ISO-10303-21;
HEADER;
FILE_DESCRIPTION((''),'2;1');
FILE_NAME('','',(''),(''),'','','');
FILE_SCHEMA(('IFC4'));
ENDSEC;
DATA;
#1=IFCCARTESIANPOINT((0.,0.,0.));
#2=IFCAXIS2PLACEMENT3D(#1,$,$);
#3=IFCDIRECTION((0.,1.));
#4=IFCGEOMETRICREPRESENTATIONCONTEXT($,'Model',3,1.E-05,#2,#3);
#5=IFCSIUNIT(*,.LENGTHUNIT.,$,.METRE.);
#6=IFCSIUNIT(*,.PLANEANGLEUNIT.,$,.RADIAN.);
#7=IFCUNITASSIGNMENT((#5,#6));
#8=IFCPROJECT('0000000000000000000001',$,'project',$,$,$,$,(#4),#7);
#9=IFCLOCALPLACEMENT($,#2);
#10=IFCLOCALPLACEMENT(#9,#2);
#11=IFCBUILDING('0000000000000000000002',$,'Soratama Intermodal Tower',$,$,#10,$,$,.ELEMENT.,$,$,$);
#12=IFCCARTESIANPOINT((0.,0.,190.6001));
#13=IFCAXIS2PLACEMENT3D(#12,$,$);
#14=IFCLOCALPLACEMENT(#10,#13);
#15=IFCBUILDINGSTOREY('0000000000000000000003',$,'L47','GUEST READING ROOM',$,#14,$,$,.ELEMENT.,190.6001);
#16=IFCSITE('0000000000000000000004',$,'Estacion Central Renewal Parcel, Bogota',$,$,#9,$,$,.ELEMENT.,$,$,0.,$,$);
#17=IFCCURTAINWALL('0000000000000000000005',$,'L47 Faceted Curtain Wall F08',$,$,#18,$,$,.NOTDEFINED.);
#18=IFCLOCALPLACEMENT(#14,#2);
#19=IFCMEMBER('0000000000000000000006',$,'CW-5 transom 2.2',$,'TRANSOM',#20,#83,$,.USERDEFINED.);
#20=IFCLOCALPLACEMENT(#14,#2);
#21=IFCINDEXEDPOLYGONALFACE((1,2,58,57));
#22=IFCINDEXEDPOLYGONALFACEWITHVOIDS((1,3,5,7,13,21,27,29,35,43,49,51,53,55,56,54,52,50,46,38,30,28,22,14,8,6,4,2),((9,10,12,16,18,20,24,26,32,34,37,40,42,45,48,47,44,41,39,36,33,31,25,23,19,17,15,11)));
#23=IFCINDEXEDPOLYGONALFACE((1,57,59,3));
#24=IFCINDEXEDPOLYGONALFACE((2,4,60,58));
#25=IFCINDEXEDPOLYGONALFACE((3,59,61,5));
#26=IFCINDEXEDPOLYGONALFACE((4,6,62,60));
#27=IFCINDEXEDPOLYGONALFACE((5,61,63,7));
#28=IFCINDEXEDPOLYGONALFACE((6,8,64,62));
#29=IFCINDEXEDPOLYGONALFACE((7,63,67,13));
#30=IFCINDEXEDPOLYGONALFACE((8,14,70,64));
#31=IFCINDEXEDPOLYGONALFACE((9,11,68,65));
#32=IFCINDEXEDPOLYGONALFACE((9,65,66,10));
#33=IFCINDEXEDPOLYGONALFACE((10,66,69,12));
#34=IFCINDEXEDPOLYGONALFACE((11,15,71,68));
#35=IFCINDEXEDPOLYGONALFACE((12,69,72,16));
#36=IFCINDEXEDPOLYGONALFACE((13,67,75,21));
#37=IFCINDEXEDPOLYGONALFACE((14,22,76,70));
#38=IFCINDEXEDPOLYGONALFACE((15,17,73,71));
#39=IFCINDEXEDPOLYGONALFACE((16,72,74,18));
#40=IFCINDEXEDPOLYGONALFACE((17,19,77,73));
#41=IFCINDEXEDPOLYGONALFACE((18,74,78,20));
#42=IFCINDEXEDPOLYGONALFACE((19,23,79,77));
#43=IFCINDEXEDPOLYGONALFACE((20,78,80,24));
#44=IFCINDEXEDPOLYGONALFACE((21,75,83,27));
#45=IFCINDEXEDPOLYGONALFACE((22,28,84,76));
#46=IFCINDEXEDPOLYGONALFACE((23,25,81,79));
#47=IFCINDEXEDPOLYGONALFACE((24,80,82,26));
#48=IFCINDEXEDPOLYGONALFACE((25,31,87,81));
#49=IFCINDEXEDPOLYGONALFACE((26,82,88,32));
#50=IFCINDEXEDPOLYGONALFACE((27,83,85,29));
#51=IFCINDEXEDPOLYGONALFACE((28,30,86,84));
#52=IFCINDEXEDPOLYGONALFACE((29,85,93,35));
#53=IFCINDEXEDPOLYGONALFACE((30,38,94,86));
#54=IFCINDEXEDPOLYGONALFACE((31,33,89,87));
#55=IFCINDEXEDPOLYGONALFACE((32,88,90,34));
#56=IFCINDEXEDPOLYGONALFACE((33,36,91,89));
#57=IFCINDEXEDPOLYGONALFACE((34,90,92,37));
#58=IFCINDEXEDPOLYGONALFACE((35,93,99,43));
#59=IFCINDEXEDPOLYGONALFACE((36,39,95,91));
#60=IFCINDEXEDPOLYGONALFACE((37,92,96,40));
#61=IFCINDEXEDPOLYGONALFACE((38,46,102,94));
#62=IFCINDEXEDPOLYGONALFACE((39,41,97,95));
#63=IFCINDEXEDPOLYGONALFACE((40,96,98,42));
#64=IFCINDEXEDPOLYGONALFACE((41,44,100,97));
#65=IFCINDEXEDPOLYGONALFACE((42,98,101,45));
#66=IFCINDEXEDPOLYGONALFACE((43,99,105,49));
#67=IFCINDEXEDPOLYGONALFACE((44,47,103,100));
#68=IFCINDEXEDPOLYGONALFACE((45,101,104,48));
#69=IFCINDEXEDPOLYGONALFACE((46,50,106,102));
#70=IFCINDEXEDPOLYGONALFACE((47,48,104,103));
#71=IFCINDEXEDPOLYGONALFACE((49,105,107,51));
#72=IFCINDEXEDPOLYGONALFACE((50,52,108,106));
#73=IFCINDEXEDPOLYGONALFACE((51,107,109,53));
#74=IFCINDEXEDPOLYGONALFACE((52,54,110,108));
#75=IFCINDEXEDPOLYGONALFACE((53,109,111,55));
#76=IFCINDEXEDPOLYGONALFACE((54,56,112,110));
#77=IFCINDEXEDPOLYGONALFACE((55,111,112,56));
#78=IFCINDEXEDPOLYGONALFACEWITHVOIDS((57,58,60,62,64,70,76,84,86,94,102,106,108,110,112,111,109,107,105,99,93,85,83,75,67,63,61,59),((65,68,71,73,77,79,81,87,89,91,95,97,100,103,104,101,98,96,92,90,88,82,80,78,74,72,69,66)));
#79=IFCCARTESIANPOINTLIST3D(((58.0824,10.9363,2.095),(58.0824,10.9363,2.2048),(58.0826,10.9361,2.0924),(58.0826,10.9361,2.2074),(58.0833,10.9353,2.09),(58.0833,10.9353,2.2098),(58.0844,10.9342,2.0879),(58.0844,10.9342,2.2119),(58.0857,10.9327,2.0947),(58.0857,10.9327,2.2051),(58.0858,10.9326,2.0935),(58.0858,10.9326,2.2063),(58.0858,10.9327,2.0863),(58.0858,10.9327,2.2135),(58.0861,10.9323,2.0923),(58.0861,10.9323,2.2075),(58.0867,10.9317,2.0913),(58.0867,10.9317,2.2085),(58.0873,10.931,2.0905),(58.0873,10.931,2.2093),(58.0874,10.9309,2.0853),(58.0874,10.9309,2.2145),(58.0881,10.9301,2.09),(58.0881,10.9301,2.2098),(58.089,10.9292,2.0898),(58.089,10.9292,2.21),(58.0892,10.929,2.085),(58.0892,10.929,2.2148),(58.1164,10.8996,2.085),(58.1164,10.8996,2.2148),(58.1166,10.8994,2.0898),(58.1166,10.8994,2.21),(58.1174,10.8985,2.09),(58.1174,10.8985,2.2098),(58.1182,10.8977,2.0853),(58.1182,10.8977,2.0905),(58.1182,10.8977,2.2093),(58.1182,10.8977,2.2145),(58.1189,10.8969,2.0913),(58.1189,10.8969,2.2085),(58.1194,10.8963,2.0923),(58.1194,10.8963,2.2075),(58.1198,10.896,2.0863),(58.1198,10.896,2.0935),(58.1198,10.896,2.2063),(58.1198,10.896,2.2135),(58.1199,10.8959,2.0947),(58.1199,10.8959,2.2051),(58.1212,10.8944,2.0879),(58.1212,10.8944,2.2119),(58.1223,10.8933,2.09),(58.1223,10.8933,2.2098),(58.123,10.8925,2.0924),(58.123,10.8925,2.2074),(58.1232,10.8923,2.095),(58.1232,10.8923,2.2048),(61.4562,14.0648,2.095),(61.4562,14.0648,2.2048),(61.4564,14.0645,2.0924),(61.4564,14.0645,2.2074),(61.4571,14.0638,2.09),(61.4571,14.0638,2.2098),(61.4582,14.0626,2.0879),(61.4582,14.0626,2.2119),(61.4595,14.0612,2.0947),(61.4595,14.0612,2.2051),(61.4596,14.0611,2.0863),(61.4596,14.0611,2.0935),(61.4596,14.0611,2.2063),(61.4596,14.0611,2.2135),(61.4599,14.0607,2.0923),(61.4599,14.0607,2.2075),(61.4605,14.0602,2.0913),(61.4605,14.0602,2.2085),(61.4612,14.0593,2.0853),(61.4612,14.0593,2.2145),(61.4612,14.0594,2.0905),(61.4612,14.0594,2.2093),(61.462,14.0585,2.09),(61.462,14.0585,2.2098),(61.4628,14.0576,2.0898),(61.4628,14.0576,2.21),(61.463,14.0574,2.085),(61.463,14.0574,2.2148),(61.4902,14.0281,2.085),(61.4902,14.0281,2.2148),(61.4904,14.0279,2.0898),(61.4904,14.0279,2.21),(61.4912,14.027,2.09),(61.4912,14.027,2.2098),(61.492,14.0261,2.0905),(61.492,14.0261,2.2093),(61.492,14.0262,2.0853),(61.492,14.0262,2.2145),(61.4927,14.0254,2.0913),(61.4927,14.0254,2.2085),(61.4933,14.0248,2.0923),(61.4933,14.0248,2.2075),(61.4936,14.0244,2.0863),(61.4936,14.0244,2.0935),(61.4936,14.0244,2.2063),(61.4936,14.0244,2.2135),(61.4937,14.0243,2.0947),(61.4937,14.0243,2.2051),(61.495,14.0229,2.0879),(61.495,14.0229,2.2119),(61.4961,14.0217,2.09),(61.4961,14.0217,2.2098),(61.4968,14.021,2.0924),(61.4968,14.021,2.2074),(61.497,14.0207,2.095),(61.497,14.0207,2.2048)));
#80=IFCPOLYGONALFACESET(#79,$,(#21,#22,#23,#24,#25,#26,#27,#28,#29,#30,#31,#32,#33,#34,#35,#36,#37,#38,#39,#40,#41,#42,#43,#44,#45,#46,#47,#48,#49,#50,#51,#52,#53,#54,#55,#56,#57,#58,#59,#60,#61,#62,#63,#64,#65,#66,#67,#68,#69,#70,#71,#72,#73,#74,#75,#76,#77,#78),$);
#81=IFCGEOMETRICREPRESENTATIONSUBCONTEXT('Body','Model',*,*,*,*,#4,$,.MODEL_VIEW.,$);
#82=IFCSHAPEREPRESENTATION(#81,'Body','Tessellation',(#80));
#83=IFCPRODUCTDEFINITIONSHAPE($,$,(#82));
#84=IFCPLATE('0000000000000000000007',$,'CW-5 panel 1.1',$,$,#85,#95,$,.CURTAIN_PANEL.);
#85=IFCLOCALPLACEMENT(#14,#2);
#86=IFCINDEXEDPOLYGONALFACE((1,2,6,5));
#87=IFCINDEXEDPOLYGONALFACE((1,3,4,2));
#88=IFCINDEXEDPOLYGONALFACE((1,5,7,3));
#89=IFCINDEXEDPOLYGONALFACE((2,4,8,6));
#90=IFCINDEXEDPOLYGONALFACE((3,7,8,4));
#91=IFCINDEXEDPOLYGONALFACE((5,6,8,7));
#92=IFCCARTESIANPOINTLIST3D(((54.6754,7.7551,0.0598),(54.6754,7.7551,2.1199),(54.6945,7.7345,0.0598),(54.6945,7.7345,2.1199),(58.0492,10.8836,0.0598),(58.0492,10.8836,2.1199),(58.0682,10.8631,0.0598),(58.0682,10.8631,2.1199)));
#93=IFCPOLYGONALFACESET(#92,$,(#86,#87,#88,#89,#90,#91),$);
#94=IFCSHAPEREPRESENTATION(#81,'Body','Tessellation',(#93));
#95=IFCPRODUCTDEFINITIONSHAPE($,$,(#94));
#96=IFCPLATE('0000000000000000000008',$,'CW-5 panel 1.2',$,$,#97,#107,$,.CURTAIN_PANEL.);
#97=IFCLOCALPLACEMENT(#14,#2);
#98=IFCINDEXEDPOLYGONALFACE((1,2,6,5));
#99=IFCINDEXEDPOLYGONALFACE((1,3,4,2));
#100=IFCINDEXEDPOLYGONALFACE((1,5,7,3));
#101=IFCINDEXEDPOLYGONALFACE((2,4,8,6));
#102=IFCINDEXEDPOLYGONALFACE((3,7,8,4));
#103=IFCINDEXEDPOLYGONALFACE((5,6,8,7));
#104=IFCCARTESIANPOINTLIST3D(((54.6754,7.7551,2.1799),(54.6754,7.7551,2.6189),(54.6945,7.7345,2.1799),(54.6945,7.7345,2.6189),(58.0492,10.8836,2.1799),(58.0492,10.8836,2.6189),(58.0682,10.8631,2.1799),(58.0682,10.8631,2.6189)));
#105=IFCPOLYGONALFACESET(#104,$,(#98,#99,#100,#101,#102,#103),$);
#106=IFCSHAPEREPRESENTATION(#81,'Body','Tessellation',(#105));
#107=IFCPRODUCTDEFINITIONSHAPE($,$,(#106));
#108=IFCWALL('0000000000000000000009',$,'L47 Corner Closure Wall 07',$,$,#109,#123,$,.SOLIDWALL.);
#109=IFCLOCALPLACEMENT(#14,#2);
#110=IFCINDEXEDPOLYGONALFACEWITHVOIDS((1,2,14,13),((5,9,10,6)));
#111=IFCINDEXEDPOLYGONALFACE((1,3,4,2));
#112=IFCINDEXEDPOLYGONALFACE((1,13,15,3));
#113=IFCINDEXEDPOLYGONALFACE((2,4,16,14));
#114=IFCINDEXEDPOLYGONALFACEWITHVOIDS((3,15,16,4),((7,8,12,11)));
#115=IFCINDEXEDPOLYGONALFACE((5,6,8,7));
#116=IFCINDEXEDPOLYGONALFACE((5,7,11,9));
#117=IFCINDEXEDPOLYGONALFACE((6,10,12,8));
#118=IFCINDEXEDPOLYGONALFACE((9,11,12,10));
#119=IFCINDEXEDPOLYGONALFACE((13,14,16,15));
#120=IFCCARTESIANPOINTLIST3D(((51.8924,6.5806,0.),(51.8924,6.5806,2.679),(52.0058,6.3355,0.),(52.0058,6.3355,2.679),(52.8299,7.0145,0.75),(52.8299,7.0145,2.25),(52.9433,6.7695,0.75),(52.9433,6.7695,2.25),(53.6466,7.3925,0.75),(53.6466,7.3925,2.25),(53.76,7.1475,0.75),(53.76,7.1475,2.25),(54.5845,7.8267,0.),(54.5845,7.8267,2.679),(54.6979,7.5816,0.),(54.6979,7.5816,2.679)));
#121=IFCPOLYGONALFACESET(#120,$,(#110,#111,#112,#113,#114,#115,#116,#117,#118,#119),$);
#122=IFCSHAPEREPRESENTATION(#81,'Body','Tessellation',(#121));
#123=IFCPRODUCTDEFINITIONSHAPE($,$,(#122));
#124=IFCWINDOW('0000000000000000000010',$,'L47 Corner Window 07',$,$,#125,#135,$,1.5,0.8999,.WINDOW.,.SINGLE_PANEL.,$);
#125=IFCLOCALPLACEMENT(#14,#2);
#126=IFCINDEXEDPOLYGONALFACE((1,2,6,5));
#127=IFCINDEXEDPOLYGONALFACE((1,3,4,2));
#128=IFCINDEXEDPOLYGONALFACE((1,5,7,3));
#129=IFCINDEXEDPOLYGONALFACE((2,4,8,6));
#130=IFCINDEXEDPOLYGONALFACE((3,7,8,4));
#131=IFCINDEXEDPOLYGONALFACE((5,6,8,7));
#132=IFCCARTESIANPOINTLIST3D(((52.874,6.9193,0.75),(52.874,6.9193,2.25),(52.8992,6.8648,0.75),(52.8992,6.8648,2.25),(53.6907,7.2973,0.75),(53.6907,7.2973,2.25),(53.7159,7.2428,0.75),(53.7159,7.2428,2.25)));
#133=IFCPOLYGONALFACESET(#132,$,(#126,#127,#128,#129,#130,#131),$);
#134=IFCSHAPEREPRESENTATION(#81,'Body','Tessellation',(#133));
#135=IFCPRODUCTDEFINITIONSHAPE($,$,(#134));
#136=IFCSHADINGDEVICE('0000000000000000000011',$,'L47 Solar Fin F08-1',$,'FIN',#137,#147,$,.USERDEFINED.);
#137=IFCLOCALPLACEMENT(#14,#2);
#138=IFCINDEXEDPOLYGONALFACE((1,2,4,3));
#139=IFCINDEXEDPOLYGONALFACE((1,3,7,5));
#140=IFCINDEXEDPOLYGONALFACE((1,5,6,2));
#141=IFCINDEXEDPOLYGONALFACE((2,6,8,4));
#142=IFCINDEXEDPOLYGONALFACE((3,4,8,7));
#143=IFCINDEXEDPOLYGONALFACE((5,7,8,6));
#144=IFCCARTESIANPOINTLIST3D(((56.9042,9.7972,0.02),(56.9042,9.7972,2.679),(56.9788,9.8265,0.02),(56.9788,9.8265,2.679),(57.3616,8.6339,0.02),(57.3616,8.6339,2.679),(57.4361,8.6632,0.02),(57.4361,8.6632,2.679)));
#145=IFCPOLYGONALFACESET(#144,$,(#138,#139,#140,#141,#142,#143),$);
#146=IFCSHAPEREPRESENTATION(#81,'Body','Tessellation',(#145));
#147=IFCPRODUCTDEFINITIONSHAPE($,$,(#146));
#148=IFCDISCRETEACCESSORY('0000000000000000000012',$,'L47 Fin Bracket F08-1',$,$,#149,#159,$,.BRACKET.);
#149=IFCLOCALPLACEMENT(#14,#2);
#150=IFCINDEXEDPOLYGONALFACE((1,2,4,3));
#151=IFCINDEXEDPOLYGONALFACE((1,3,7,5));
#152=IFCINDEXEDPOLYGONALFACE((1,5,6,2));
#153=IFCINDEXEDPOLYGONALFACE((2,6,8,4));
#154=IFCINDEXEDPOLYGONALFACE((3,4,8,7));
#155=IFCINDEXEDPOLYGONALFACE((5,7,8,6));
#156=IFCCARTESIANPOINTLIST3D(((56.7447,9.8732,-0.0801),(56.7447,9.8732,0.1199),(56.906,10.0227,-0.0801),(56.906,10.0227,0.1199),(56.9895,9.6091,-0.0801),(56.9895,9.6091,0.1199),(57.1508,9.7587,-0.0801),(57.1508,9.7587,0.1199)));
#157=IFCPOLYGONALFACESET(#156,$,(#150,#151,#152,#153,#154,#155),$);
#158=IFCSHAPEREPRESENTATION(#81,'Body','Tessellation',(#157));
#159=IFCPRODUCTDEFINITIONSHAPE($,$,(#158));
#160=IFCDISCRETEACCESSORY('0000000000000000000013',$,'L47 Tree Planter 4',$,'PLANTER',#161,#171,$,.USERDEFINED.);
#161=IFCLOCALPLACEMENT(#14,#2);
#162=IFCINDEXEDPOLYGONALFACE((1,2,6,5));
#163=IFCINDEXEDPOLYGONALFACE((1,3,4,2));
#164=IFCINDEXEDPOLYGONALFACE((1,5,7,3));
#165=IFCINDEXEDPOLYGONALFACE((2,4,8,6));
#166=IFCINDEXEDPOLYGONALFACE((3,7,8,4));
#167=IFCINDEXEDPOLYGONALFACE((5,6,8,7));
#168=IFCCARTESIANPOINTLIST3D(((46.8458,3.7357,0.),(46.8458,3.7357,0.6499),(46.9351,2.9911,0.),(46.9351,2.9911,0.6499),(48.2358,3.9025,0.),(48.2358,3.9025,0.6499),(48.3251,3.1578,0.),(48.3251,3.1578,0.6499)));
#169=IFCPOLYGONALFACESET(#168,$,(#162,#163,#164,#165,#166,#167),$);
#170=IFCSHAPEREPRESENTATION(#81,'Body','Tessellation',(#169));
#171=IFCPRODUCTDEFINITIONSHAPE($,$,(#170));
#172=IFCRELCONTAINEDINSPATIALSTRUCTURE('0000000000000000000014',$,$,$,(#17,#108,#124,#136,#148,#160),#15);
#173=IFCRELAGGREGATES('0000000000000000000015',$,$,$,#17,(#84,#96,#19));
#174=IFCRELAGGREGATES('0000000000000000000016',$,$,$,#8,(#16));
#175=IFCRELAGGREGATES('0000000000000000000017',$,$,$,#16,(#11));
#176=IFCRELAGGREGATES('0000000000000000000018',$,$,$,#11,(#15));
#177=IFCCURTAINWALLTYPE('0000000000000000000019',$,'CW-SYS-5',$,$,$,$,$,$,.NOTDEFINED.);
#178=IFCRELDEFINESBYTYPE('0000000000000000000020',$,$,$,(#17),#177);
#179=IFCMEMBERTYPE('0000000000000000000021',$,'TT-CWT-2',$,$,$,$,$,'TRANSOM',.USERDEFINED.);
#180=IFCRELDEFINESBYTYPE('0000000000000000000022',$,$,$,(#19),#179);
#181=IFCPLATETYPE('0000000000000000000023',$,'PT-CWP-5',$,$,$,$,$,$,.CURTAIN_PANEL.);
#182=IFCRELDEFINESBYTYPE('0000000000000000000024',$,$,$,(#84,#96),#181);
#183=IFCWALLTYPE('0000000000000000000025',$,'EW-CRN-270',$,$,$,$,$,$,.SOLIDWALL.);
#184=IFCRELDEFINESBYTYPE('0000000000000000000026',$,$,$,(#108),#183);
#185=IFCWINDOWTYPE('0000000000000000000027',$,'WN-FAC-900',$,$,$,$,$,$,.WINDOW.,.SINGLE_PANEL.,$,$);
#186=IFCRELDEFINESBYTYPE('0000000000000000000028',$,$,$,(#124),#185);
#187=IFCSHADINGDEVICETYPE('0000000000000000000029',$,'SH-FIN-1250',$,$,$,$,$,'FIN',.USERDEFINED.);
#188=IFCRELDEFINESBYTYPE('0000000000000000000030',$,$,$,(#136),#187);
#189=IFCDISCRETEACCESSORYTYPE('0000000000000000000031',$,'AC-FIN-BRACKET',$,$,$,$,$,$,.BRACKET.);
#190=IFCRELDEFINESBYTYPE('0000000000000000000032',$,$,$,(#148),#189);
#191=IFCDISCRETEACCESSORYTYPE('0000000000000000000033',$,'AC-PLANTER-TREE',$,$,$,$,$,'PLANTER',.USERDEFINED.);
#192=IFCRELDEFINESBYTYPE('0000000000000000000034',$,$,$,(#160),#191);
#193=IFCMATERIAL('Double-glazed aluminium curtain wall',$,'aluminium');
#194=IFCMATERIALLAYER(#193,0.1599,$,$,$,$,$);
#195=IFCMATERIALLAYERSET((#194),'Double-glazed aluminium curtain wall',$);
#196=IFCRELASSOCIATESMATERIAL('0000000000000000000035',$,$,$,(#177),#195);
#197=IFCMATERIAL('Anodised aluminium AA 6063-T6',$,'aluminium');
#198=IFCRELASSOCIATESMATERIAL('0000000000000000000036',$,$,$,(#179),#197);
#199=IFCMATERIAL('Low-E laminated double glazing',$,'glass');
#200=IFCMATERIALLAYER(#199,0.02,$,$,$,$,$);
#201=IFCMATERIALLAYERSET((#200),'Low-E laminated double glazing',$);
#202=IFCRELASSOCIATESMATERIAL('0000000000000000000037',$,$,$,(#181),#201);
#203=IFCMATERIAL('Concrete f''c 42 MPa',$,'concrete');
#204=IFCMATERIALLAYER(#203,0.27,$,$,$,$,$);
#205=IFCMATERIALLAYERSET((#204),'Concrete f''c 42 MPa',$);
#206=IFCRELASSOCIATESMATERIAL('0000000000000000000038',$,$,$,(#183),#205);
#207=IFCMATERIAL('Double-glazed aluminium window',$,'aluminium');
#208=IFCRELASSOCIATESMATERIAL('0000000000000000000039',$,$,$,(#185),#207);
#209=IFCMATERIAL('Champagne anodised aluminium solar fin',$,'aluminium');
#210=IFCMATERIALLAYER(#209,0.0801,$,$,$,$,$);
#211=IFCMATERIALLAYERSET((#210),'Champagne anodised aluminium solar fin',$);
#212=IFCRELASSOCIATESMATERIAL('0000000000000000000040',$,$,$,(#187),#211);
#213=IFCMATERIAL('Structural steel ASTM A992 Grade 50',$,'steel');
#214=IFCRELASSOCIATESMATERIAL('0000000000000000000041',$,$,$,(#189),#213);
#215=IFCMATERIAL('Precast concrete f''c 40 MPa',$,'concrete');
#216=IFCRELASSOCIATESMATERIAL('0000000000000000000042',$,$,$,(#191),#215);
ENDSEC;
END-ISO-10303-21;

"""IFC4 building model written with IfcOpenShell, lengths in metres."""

from ifc_helpers import new_model, si_unit, direction, frame, frame_2d, origin, origin_2d, place, context, subcontext, project, spatial, rectangle, hollow_rectangle, extrude, material, layer, layer_set, material_profile, profile_set, type_object, element, fill, aggregate, save


model = new_model("IFC4")

# Units and contexts
model_context = context("Model", 3, precision=1e-05, world=origin(), true_north=direction((0.0, 1.0)))
body_context = subcontext(model_context, "Body", "Model", "MODEL_VIEW")
ifc_project = project(units=[si_unit("LENGTHUNIT", "METRE"), si_unit("PLANEANGLEUNIT", "RADIAN")], contexts=[model_context])

# Site, building, storey
site_placement = place(None, origin())
site = spatial("IfcSite", under=ifc_project, at=site_placement, Name="Estacion Central Renewal Parcel, Bogota", CompositionType="ELEMENT", RefElevation=0.0)
building_placement = place(site_placement, origin())
building = spatial("IfcBuilding", under=site, at=building_placement, Name="Soratama Intermodal Tower", CompositionType="ELEMENT")
storey_placement = place(building_placement, frame((0.0, 0.0, 190.6001)))
storey = spatial("IfcBuildingStorey", under=building, at=storey_placement, Name="L47", Description="GUEST READING ROOM", CompositionType="ELEMENT", Elevation=190.6001)

# Curtain wall, member, plates
ifc_material_1 = material(Name="Double-glazed aluminium curtain wall", Category="aluminium")
ifc_layer_1 = layer(ifc_material_1, 0.1599)
ifc_layer_set_1 = layer_set([ifc_layer_1], Name="Double-glazed aluminium curtain wall")
curtain_wall_type = type_object("IfcCurtainWallType", Name="CW-SYS-5", PredefinedType="NOTDEFINED", material=ifc_layer_set_1)
curtain_wall_placement = place(storey_placement, origin())
curtain_wall = element("IfcCurtainWall", 1, at=curtain_wall_placement, inside=storey, type_object=curtain_wall_type, Name="L47 Faceted Curtain Wall F08", PredefinedType="NOTDEFINED")
ifc_material_2 = material(Name="Anodised aluminium AA 6063-T6", Category="aluminium")
ifc_material_profile_1 = material_profile(ifc_material_2, hollow_rectangle(XDim=0.0601, YDim=0.1299, WallThickness=0.0049, InnerFilletRadius=0.0049, OuterFilletRadius=0.01, at=origin_2d()), Name="CWT130X60X5")
ifc_profile_set_1 = profile_set([ifc_material_profile_1], Name="Anodised aluminium AA 6063-T6")
member_type_1 = type_object("IfcMemberType", Name="TT-CWT-2", ElementType="TRANSOM", PredefinedType="USERDEFINED", material=ifc_profile_set_1)
member_1_placement = place(storey_placement, frame((58.1028, 10.9143, 2.1499), z_axis=(0.733268, 0.67994, 0.0), x_axis=(-0.67994, 0.733268, 0.0)))
member_1 = element("IfcMember", 2, at=member_1_placement, type_object=member_type_1, Name="CW-5 transom 2.2", ObjectType="TRANSOM", PredefinedType="USERDEFINED", context=body_context, shape_type="SweptSolid", body=[
    extrude(hollow_rectangle(XDim=0.0601, YDim=0.1299, WallThickness=0.0049, InnerFilletRadius=0.0049, OuterFilletRadius=0.01, at=origin_2d()), origin(), (0.0, 0.0, 1.0), 4.6011),
])
ifc_material_3 = material(Name="Low-E laminated double glazing", Category="glass")
ifc_layer_2 = layer(ifc_material_3, 0.02)
ifc_layer_set_2 = layer_set([ifc_layer_2], Name="Low-E laminated double glazing")
plate_type = type_object("IfcPlateType", Name="PT-CWP-5", PredefinedType="CURTAIN_PANEL", material=ifc_layer_set_2)
plate_1_placement = place(storey_placement, frame((56.3718, 9.3091, 0.0598), z_axis=(0.0, 0.0, 1.0), x_axis=(0.733251, 0.679958, 0.0)))
plate_1 = element("IfcPlate", 3, at=plate_1_placement, type_object=plate_type, Name="CW-5 panel 1.1", PredefinedType="CURTAIN_PANEL", context=body_context, shape_type="SweptSolid", body=[
    extrude(rectangle(XDim=4.6011, YDim=0.0281, at=origin_2d()), origin(), (0.0, 0.0, 1.0), 2.0601),
])
plate_2_placement = place(storey_placement, frame((56.3718, 9.3091, 2.1799), z_axis=(0.0, 0.0, 1.0), x_axis=(0.733251, 0.679958, 0.0)))
plate_2 = element("IfcPlate", 4, at=plate_2_placement, type_object=plate_type, Name="CW-5 panel 1.2", PredefinedType="CURTAIN_PANEL", context=body_context, shape_type="SweptSolid", body=[
    extrude(rectangle(XDim=4.6011, YDim=0.0281, at=origin_2d()), origin(), (0.0, 0.0, 1.0), 0.439),
])
aggregate(curtain_wall, [plate_1, plate_2, member_1])

# Wall, opening, window
ifc_material_4 = material(Name="Concrete f'c 42 MPa", Category="concrete")
ifc_layer_3 = layer(ifc_material_4, 0.27)
ifc_layer_set_3 = layer_set([ifc_layer_3], Name="Concrete f'c 42 MPa")
wall_type = type_object("IfcWallType", Name="EW-CRN-270", PredefinedType="SOLIDWALL", material=ifc_layer_set_3)
wall_placement = place(storey_placement, frame((51.949, 6.458, 0.0), z_axis=(0.0, 0.0, 1.0), x_axis=(0.907501, 0.42005, 0.0)))
wall = element("IfcWall", 5, at=wall_placement, inside=storey, type_object=wall_type, Name="L47 Corner Closure Wall 07", PredefinedType="SOLIDWALL", context=body_context, shape_type="SweptSolid", body=[
    extrude(rectangle(XDim=2.9666, YDim=0.27, at=frame_2d((1.4834, 0.0))), origin(), (0.0, 0.0, 1.0), 2.679),
])
opening_placement = place(wall_placement, frame((1.0332, 0.0, 0.75)))
opening = element("IfcOpeningElement", 6, at=opening_placement, cuts=wall, PredefinedType="OPENING", context=body_context, shape_type="SweptSolid", body=[
    extrude(rectangle(XDim=0.8999, YDim=1.5, at=frame_2d((0.45, 0.75))), frame((0.0, 0.145, 0.0), z_axis=(0.0, -1.0, 0.0), x_axis=(1.0, 0.0, 0.0)), (0.0, 0.0, 1.0), 0.29),
])
ifc_material_5 = material(Name="Double-glazed aluminium window", Category="aluminium")
window_type = type_object("IfcWindowType", Name="WN-FAC-900", PartitioningType="SINGLE_PANEL", PredefinedType="WINDOW", material=ifc_material_5)
window_placement = place(opening_placement, origin())
window = element("IfcWindow", 7, at=window_placement, inside=storey, type_object=window_type, Name="L47 Corner Window 07", OverallHeight=1.5, OverallWidth=0.8999, PartitioningType="SINGLE_PANEL", PredefinedType="WINDOW", context=body_context, shape_type="SweptSolid", body=[
    extrude(rectangle(XDim=0.8999, YDim=1.5, at=frame_2d((0.45, 0.75))), frame((0.0, 0.03, 0.0), z_axis=(0.0, -1.0, 0.0), x_axis=(1.0, 0.0, 0.0)), (0.0, 0.0, 1.0), 0.0601),
])
fill(opening, window)

# Shading device
ifc_material_6 = material(Name="Champagne anodised aluminium solar fin", Category="aluminium")
ifc_layer_4 = layer(ifc_material_6, 0.0801)
ifc_layer_set_4 = layer_set([ifc_layer_4], Name="Champagne anodised aluminium solar fin")
shading_device_type = type_object("IfcShadingDeviceType", Name="SH-FIN-1250", ElementType="FIN", PredefinedType="USERDEFINED", material=ifc_layer_set_4)
shading_device_placement = place(storey_placement, frame((57.1702, 9.2302, 0.02), z_axis=(0.0, 0.0, 1.0), x_axis=(0.365852, -0.930673, 0.0)))
element("IfcShadingDevice", 8, at=shading_device_placement, inside=storey, type_object=shading_device_type, Name="L47 Solar Fin F08-1", ObjectType="FIN", PredefinedType="USERDEFINED", context=body_context, shape_type="SweptSolid", body=[
    extrude(rectangle(XDim=1.25, YDim=0.0801, at=origin_2d()), origin(), (0.0, 0.0, 1.0), 2.6589),
])

# Discrete accessories
ifc_material_7 = material(Name="Structural steel ASTM A992 Grade 50", Category="steel")
discrete_accessory_type_1 = type_object("IfcDiscreteAccessoryType", Name="AC-FIN-BRACKET", PredefinedType="BRACKET", material=ifc_material_7)
discrete_accessory_1_placement = place(storey_placement, frame((56.9478, 9.8159, -0.0801), z_axis=(0.0, 0.0, 1.0), x_axis=(0.679953, -0.733255, 0.0)))
element("IfcDiscreteAccessory", 9, at=discrete_accessory_1_placement, inside=storey, type_object=discrete_accessory_type_1, Name="L47 Fin Bracket F08-1", PredefinedType="BRACKET", context=body_context, shape_type="SweptSolid", body=[
    extrude(rectangle(XDim=0.3601, YDim=0.22, at=origin_2d()), origin(), (0.0, 0.0, 1.0), 0.2),
])
ifc_material_8 = material(Name="Precast concrete f'c 40 MPa", Category="concrete")
discrete_accessory_type_2 = type_object("IfcDiscreteAccessoryType", Name="AC-PLANTER-TREE", ElementType="PLANTER", PredefinedType="USERDEFINED", material=ifc_material_8)
discrete_accessory_2_placement = place(storey_placement, frame((47.5854, 3.4468, 0.0), z_axis=(0.0, 0.0, 1.0), x_axis=(0.119097, -0.992883, 0.0)))
element("IfcDiscreteAccessory", 10, at=discrete_accessory_2_placement, inside=storey, type_object=discrete_accessory_type_2, Name="L47 Tree Planter 4", ObjectType="PLANTER", PredefinedType="USERDEFINED", context=body_context, shape_type="SweptSolid", body=[
    extrude(rectangle(XDim=0.75, YDim=1.3999, at=origin_2d()), origin(), (0.0, 0.0, 1.0), 0.6499),
])

save(model, "model.ifc")
